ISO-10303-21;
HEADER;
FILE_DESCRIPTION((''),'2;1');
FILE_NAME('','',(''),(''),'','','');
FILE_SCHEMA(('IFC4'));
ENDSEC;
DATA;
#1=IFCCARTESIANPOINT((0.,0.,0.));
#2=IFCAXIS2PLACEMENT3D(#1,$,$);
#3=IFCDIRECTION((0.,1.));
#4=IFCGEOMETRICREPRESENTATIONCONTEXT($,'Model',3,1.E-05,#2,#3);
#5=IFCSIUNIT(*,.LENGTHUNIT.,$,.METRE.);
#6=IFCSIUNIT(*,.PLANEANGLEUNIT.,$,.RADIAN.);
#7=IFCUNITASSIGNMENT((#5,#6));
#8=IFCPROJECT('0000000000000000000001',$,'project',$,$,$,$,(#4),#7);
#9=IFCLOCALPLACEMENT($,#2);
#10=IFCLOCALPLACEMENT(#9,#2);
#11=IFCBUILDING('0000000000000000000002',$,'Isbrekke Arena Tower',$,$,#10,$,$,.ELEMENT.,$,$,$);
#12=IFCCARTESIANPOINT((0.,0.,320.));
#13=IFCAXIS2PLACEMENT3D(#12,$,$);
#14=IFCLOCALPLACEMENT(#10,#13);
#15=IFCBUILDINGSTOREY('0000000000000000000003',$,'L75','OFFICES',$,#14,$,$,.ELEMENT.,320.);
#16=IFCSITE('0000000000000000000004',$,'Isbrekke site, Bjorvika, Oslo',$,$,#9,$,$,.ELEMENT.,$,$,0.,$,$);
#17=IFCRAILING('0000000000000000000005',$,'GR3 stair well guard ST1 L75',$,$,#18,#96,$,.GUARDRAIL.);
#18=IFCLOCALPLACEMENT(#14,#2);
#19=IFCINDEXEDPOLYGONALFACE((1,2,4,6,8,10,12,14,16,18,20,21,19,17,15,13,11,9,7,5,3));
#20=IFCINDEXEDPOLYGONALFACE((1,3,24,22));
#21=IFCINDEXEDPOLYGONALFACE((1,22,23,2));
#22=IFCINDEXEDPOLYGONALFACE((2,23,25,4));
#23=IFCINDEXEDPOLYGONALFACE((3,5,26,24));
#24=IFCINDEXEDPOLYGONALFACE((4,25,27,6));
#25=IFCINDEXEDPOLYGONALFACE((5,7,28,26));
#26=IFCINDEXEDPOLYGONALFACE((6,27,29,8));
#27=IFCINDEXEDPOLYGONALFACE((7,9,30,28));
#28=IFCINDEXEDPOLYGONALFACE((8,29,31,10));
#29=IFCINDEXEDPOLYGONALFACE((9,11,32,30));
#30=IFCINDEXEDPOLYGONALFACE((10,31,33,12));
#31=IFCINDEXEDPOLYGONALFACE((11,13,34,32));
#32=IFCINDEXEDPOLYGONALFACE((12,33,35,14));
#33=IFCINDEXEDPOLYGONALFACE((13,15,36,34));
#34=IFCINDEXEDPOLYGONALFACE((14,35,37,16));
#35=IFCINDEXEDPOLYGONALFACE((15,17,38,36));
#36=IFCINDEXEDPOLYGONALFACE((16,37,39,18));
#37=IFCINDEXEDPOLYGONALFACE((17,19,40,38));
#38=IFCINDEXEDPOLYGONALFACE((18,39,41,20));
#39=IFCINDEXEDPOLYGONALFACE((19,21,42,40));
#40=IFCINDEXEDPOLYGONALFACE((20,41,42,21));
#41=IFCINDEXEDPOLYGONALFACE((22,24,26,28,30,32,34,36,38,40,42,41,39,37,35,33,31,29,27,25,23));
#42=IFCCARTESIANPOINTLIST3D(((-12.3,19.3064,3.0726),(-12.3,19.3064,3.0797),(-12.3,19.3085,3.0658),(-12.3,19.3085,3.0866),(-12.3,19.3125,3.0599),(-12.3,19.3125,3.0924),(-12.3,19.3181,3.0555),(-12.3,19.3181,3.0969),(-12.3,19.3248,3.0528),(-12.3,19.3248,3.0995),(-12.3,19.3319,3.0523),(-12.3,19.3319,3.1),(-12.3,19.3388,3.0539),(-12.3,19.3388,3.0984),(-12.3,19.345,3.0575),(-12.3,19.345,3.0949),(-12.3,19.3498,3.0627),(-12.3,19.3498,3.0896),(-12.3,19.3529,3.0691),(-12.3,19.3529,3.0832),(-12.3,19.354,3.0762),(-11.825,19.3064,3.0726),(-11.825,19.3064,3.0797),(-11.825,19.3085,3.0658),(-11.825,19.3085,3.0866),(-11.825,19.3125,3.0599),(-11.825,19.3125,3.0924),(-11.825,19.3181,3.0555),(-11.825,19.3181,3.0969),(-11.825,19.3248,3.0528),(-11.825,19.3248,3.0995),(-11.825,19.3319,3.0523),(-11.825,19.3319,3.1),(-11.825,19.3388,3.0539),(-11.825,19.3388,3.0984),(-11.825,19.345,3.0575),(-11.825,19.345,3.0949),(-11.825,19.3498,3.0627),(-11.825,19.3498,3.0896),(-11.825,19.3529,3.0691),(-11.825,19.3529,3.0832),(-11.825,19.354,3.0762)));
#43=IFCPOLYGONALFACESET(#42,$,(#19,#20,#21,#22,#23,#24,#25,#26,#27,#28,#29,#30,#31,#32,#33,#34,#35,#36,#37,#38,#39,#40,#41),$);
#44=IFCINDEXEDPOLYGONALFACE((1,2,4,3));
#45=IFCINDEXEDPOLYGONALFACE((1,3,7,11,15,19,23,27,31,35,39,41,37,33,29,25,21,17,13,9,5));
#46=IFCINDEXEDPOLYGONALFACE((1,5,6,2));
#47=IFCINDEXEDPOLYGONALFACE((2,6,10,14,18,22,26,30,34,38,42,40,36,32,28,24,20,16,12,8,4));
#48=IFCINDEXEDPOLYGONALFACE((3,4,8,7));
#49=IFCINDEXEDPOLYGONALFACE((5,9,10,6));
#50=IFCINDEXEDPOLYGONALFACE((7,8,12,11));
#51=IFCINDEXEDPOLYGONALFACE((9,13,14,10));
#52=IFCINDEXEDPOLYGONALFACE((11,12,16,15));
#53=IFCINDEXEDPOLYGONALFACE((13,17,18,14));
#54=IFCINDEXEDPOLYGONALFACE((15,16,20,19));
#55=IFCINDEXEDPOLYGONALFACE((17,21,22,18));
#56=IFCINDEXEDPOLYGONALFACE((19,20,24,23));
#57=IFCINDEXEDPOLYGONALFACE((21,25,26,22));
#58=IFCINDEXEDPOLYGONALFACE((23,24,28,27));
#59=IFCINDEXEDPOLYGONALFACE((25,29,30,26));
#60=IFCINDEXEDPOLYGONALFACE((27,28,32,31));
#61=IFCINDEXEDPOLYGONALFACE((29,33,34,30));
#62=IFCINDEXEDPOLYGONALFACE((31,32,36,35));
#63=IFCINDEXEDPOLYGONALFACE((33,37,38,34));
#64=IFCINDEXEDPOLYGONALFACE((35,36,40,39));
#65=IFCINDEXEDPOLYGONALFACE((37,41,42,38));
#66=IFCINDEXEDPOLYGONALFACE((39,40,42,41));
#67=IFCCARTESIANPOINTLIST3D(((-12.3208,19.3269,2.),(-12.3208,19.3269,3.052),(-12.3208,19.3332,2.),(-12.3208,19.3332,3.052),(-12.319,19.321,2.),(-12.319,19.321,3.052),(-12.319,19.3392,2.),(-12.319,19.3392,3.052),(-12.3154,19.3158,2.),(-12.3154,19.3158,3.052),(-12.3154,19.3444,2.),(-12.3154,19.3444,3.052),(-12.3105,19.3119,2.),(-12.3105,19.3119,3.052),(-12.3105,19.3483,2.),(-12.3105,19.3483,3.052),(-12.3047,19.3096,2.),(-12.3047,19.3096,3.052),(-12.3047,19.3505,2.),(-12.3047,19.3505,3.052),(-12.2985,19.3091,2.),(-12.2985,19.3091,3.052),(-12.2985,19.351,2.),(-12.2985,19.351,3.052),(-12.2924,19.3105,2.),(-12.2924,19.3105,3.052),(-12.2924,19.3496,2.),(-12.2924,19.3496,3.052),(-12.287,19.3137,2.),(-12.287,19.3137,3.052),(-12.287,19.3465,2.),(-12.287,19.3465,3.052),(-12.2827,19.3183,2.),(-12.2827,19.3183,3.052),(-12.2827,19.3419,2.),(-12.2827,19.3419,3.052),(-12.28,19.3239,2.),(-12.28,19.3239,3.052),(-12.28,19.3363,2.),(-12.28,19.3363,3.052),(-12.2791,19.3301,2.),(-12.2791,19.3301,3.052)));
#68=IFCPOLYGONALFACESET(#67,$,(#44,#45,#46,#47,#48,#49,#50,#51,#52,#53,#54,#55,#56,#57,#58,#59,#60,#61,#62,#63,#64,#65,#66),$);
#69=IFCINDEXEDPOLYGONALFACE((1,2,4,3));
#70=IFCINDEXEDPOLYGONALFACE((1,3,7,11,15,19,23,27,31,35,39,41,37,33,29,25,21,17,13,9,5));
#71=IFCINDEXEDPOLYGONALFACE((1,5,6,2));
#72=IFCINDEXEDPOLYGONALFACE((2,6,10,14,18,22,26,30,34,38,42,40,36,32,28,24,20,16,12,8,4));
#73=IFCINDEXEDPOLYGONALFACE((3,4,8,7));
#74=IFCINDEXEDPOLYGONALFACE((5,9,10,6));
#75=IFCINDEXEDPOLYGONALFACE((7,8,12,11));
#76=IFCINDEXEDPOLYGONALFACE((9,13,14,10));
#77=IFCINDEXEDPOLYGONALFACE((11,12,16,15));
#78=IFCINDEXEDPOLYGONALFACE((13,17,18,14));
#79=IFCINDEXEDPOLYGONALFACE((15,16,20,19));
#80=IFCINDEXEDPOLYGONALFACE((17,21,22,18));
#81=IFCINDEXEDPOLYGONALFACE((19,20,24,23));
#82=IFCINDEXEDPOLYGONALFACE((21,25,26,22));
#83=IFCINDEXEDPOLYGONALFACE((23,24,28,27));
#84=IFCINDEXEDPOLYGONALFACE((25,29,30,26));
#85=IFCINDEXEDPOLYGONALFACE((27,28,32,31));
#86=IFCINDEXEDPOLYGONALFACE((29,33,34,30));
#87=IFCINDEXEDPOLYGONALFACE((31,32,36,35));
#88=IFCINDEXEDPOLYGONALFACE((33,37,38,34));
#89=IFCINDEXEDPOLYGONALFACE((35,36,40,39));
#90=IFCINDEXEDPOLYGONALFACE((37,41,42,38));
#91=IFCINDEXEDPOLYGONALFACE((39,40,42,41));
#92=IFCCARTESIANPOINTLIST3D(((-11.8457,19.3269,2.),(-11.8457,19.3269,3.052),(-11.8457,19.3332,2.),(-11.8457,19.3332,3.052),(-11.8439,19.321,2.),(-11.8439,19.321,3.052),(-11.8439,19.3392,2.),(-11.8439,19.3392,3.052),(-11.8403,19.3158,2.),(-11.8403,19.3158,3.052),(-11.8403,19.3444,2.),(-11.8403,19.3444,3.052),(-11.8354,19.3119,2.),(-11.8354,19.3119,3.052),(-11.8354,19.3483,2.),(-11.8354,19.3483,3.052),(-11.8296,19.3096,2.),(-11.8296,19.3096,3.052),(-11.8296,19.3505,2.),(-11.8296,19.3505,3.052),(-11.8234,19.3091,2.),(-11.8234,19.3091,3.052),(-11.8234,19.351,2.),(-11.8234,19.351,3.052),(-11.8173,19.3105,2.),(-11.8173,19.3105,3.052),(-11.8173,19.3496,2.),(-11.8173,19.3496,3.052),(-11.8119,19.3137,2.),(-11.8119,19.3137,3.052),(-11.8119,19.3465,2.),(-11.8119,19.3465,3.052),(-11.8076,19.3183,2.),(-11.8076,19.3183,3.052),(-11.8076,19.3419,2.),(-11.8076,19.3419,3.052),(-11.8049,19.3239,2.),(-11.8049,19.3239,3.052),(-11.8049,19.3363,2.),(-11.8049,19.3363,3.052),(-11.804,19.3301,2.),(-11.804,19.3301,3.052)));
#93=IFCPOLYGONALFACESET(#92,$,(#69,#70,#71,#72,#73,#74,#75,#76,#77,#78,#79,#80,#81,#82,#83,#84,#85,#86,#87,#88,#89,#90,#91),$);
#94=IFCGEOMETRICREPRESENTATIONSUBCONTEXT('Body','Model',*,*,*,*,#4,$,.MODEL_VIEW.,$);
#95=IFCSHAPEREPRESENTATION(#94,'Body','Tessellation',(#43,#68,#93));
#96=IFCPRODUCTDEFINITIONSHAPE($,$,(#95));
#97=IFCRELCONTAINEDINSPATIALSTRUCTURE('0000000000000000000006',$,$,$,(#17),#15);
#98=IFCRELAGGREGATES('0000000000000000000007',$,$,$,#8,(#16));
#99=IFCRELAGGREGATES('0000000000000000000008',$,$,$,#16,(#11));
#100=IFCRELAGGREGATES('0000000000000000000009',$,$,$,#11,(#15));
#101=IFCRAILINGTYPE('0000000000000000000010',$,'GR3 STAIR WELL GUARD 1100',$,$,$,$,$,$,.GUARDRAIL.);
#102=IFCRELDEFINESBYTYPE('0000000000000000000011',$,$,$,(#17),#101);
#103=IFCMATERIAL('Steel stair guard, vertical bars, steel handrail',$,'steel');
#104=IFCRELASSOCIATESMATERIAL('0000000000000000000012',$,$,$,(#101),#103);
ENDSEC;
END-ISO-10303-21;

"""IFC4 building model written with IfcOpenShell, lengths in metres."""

from ifc_helpers import new_model, si_unit, direction, frame, origin, origin_2d, place, context, subcontext, project, spatial, circle, extrude, material, type_object, element, save


model = new_model("IFC4")

# Units and contexts
model_context = context("Model", 3, precision=1e-05, world=origin(), true_north=direction((0.0, 1.0)))
body_context = subcontext(model_context, "Body", "Model", "MODEL_VIEW")
ifc_project = project(units=[si_unit("LENGTHUNIT", "METRE"), si_unit("PLANEANGLEUNIT", "RADIAN")], contexts=[model_context])

# Site, building, storey
site_placement = place(None, origin())
site = spatial("IfcSite", under=ifc_project, at=site_placement, Name="Isbrekke site, Bjorvika, Oslo", CompositionType="ELEMENT", RefElevation=0.0)
building_placement = place(site_placement, origin())
building = spatial("IfcBuilding", under=site, at=building_placement, Name="Isbrekke Arena Tower", CompositionType="ELEMENT")
storey_placement = place(building_placement, frame((0.0, 0.0, 320.0)))
storey = spatial("IfcBuildingStorey", under=building, at=storey_placement, Name="L75", Description="OFFICES", CompositionType="ELEMENT", Elevation=320.0)

# Railing
ifc_material_1 = material(Name="Steel stair guard, vertical bars, steel handrail", Category="steel")
railing_type = type_object("IfcRailingType", Name="GR3 STAIR WELL GUARD 1100", PredefinedType="GUARDRAIL", material=ifc_material_1)
for number, where, name in (
    (1, (-12.3, 19.3301, 2.0), "GR3 stair well guard ST1 L75"),
):
    element("IfcRailing", number, at=place(storey_placement, frame(where)), inside=storey, type_object=railing_type, Name=name, PredefinedType="GUARDRAIL", context=body_context, shape_type="SweptSolid", body=[
        extrude(circle(Radius=0.0239, at=origin_2d()), frame((0.0, 0.0, 1.0762), z_axis=(1.0, 0.0, 0.0), x_axis=(0.0, 1.0, 0.0)), (0.0, 0.0, 1.0), 0.4751),
        extrude(circle(Radius=0.021, at=origin_2d()), origin(), (0.0, 0.0, 1.0), 1.052),
        extrude(circle(Radius=0.021, at=origin_2d()), frame((0.4751, 0.0, 0.0)), (0.0, 0.0, 1.0), 1.052),
    ])

save(model, "model.ifc")
